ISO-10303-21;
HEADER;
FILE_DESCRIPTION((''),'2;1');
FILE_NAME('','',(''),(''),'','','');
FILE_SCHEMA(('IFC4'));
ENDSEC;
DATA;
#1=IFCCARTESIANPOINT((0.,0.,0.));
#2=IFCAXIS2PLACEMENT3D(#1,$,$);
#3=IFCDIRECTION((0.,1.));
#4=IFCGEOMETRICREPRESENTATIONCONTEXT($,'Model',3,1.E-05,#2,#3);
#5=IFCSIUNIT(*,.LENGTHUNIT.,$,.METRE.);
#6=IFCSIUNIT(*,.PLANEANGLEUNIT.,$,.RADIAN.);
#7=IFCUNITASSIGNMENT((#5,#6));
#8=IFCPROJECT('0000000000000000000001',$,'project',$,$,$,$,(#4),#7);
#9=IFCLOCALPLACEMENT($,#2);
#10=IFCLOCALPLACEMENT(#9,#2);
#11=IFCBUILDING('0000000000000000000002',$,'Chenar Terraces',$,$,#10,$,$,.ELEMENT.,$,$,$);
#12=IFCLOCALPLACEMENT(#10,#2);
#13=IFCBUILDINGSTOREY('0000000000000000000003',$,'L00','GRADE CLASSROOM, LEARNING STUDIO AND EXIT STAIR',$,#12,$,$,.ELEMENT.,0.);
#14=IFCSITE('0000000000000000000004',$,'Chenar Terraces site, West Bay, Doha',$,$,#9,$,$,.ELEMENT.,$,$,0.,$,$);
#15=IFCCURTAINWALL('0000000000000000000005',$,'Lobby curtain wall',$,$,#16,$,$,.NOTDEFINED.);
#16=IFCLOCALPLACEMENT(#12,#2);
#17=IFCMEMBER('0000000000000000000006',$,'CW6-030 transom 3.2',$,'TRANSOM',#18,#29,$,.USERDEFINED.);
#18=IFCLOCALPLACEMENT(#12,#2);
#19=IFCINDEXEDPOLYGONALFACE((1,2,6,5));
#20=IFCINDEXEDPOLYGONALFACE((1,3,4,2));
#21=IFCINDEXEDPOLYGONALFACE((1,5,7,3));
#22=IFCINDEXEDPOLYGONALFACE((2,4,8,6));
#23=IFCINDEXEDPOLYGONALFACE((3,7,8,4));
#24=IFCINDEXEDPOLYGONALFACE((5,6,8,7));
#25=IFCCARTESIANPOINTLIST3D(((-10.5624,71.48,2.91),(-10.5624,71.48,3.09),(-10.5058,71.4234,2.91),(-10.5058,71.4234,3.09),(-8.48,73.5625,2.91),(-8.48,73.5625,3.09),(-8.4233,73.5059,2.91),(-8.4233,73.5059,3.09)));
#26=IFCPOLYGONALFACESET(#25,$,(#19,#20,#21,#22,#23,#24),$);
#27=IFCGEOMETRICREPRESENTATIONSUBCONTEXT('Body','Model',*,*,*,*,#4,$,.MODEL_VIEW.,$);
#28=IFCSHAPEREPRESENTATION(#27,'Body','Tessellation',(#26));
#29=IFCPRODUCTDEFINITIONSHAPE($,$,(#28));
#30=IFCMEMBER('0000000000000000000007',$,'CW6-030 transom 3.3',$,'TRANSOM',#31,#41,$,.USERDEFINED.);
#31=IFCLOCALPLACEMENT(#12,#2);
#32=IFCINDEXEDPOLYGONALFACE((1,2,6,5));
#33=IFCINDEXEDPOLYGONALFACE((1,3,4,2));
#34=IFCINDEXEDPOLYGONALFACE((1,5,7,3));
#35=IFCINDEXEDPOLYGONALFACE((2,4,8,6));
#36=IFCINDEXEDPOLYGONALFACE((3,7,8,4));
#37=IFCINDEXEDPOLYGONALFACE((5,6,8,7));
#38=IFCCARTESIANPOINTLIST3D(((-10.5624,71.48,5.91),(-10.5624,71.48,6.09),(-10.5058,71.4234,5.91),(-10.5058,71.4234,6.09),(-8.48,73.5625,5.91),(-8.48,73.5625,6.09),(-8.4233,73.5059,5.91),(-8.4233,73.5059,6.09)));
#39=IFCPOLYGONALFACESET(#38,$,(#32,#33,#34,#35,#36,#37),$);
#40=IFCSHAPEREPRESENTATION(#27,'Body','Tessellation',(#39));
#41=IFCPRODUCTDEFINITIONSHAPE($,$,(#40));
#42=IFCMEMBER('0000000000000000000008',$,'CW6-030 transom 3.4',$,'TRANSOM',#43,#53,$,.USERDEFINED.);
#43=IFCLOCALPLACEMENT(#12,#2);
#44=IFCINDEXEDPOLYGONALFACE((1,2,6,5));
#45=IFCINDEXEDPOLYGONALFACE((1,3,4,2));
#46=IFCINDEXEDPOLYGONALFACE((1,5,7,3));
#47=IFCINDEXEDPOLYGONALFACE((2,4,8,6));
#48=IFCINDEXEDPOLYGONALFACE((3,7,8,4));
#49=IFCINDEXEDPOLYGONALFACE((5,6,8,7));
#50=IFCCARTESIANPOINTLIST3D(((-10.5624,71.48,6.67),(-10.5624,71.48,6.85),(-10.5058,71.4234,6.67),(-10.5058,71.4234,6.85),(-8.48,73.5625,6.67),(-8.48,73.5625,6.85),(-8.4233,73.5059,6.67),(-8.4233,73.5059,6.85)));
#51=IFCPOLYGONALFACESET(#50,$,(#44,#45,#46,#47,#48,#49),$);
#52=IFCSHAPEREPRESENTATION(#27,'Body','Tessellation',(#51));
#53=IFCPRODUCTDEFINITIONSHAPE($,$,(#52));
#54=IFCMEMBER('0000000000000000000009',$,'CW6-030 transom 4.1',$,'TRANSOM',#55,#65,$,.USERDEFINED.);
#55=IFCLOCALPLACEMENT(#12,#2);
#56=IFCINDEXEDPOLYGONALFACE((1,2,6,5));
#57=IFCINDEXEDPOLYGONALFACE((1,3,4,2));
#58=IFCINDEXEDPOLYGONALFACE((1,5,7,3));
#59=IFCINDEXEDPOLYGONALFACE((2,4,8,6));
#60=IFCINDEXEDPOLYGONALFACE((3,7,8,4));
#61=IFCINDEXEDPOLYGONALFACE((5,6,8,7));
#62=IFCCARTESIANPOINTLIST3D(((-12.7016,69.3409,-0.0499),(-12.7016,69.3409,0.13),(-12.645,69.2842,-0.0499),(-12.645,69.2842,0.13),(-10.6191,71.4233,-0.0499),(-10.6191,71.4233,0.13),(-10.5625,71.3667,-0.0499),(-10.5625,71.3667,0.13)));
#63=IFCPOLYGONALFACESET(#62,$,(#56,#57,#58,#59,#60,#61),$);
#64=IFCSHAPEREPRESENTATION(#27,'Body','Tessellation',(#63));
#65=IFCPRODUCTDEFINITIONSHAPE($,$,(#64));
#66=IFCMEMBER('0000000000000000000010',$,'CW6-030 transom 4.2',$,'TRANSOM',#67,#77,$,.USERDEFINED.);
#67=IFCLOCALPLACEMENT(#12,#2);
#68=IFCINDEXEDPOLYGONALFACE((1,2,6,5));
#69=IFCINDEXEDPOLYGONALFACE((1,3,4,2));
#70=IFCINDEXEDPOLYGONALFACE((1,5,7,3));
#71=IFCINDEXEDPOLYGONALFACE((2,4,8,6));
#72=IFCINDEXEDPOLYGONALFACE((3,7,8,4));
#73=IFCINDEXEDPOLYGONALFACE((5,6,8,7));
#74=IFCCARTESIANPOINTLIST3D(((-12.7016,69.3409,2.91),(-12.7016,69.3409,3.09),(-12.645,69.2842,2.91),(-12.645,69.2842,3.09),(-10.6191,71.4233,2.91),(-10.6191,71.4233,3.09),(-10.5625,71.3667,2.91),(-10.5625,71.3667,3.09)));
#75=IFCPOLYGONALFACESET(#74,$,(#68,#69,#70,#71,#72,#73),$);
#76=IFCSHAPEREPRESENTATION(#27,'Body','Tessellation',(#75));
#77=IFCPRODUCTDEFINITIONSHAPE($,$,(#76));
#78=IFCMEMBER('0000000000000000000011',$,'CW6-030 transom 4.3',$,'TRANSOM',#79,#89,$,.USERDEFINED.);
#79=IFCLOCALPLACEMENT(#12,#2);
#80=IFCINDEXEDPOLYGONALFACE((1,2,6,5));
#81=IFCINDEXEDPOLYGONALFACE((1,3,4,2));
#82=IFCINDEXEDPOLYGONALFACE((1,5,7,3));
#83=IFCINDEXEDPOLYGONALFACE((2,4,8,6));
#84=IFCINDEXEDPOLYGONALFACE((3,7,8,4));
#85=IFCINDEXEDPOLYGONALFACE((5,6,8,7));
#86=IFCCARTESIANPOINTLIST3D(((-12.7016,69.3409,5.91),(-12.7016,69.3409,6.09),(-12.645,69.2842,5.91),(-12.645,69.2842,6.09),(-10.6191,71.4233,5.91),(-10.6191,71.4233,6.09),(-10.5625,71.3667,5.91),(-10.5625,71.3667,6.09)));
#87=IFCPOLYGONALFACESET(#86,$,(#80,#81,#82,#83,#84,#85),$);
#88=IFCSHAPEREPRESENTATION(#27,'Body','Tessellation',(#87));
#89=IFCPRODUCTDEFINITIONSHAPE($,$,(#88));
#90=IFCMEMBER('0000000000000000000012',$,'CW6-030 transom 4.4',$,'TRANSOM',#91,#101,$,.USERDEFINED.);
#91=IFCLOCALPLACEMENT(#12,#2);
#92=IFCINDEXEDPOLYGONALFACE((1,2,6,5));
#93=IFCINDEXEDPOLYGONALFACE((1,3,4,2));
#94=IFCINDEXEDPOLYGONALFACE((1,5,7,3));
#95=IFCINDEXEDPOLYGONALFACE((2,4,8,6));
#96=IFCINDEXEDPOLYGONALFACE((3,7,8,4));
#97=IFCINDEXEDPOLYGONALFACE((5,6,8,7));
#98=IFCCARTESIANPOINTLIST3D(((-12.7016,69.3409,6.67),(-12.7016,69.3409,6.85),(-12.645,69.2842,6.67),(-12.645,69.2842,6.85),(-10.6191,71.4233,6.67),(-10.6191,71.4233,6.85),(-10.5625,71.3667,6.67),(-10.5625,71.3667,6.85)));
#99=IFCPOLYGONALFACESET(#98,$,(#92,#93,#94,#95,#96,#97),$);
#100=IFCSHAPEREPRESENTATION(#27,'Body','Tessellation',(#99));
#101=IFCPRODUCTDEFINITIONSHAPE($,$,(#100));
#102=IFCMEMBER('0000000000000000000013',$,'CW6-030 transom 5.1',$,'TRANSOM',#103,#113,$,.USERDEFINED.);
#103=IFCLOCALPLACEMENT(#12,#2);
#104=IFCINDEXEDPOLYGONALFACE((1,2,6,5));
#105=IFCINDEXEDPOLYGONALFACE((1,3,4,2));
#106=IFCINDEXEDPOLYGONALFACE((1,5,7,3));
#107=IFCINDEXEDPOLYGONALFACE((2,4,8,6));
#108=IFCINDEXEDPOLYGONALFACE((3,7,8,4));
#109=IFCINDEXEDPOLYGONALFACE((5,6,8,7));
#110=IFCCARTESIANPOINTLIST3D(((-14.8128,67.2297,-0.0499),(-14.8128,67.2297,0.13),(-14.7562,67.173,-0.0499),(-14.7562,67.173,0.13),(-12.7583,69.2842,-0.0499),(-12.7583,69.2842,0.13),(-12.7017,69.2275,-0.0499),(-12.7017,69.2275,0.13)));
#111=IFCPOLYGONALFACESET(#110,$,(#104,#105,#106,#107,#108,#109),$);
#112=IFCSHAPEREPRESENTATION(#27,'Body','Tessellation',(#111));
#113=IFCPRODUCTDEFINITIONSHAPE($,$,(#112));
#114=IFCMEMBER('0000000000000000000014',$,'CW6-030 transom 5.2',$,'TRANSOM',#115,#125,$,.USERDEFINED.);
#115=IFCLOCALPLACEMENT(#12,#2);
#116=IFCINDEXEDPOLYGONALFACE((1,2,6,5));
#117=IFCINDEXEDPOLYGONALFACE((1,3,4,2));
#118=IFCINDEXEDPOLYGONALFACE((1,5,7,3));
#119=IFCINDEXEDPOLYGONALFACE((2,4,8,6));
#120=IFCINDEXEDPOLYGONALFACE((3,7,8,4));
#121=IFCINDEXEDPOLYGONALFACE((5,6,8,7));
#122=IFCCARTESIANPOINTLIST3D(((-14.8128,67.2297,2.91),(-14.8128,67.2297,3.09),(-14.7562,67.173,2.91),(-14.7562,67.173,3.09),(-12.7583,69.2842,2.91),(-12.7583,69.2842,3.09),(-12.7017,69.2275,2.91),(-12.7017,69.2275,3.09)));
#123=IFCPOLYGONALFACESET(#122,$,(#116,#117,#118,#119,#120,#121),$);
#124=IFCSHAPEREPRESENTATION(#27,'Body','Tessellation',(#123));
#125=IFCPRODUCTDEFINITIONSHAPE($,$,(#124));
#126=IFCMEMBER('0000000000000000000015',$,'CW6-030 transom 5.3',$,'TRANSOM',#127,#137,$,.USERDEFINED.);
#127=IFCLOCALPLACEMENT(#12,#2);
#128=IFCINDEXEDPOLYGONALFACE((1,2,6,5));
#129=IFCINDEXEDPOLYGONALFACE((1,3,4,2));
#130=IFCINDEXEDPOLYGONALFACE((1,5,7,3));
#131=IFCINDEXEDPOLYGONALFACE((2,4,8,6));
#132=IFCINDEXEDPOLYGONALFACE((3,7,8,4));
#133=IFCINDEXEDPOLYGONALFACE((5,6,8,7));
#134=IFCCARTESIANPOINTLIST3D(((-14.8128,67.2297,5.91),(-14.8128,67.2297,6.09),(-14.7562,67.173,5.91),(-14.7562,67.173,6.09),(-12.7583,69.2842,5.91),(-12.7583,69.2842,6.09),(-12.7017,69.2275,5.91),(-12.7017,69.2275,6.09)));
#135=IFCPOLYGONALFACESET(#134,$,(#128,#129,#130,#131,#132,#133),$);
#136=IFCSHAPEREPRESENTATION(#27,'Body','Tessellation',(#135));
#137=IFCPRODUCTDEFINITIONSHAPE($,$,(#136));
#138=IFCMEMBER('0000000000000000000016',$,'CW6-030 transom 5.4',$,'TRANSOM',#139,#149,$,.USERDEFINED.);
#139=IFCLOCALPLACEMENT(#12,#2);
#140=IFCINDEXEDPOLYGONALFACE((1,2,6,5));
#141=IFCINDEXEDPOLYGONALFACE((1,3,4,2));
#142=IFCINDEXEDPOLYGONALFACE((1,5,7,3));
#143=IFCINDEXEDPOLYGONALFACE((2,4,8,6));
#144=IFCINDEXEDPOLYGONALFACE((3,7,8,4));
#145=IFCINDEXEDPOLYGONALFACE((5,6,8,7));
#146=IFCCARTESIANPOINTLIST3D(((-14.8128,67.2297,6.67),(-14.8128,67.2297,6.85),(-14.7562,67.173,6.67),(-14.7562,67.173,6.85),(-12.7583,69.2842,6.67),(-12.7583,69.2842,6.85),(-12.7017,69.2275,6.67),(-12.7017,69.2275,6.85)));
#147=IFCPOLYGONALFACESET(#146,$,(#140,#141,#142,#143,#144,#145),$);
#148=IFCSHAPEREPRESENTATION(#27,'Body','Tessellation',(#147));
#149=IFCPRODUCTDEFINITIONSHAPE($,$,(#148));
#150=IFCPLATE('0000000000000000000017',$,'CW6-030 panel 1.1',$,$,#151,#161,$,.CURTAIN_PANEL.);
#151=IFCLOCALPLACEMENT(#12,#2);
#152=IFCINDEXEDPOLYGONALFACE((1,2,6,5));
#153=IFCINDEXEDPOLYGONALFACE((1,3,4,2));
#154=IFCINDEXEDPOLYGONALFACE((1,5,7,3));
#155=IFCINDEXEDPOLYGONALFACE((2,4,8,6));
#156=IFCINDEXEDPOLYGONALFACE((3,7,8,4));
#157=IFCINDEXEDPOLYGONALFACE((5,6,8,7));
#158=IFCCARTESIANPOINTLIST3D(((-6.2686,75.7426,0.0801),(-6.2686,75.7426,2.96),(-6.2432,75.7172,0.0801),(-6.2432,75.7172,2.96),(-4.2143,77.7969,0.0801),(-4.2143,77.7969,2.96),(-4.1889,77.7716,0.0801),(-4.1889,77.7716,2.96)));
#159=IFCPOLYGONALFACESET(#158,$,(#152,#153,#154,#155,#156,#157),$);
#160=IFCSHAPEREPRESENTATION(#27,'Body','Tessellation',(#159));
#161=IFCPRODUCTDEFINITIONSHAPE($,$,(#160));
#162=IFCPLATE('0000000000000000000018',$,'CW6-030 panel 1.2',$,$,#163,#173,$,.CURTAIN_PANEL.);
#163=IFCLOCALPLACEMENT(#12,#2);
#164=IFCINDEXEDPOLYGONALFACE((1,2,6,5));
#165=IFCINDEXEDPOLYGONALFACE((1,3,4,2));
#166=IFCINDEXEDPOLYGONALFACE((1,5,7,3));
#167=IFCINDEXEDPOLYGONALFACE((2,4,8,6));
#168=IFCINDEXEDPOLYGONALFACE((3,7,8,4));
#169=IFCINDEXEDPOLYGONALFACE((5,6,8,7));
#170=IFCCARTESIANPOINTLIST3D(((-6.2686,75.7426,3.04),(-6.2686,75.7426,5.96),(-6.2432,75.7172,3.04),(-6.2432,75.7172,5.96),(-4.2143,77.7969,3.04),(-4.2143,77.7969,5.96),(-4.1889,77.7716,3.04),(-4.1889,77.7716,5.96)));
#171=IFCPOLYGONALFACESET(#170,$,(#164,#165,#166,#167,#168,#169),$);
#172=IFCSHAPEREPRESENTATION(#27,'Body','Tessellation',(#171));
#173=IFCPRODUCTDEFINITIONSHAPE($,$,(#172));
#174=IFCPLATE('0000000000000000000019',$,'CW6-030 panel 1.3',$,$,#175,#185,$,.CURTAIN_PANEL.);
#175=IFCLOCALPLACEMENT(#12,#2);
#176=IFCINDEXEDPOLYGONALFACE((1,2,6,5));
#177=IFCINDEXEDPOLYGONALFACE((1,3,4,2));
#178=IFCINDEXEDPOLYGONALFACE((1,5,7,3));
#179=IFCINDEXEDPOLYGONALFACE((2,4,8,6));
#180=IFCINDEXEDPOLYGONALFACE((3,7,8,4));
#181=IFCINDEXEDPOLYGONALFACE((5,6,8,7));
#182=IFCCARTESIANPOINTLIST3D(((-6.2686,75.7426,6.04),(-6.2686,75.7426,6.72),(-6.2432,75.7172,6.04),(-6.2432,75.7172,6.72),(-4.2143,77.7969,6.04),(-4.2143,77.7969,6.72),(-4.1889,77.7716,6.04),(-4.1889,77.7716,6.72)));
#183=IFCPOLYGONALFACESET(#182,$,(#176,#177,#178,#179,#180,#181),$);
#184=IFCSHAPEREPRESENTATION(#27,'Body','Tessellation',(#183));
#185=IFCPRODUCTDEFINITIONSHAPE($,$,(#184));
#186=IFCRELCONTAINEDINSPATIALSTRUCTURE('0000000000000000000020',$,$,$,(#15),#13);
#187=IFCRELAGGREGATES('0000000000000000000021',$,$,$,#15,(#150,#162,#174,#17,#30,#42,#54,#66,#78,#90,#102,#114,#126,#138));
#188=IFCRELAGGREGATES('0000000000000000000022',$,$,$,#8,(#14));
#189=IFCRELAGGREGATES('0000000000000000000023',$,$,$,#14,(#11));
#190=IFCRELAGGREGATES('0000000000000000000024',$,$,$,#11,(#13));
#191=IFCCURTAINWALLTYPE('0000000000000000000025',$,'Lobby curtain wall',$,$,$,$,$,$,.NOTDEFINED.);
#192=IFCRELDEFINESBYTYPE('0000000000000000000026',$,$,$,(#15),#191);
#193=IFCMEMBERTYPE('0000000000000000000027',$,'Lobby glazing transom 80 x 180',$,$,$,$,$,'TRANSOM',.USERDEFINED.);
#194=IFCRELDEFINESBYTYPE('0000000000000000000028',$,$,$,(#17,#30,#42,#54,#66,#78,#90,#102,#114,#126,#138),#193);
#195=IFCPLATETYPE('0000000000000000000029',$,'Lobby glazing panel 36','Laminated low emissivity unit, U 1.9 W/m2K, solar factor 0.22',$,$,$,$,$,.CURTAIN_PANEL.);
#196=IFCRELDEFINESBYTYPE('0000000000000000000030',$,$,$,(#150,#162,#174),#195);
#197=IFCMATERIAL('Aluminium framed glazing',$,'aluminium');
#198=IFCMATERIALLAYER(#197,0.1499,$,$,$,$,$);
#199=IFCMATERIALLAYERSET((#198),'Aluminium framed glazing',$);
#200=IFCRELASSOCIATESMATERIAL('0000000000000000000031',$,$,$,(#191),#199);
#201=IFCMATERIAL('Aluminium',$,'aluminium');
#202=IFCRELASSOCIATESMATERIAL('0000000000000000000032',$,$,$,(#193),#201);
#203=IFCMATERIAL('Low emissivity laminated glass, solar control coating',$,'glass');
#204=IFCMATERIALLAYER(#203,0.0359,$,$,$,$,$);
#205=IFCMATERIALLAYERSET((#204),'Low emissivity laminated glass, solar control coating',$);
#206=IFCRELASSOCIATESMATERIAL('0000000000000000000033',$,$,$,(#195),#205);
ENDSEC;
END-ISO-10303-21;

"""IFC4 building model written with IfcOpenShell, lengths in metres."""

from ifc_helpers import new_model, si_unit, direction, frame, origin, origin_2d, place, context, subcontext, project, spatial, rectangle, extrude, material, layer, layer_set, material_profile, profile_set, type_object, element, aggregate, save


model = new_model("IFC4")

# Units and contexts
model_context = context("Model", 3, precision=1e-05, world=origin(), true_north=direction((0.0, 1.0)))
body_context = subcontext(model_context, "Body", "Model", "MODEL_VIEW")
ifc_project = project(units=[si_unit("LENGTHUNIT", "METRE"), si_unit("PLANEANGLEUNIT", "RADIAN")], contexts=[model_context])

# Site, building, storey
site_placement = place(None, origin())
site = spatial("IfcSite", under=ifc_project, at=site_placement, Name="Chenar Terraces site, West Bay, Doha", CompositionType="ELEMENT", RefElevation=0.0)
building_placement = place(site_placement, origin())
building = spatial("IfcBuilding", under=site, at=building_placement, Name="Chenar Terraces", CompositionType="ELEMENT")
storey_placement = place(building_placement, origin())
storey = spatial("IfcBuildingStorey", under=building, at=storey_placement, Name="L00", Description="GRADE CLASSROOM, LEARNING STUDIO AND EXIT STAIR", CompositionType="ELEMENT", Elevation=0.0)

# Curtain wall, members, plates
ifc_material_1 = material(Name="Aluminium framed glazing", Category="aluminium")
ifc_layer_1 = layer(ifc_material_1, 0.1499)
ifc_layer_set_1 = layer_set([ifc_layer_1], Name="Aluminium framed glazing")
curtain_wall_type = type_object("IfcCurtainWallType", Name="Lobby curtain wall", PredefinedType="NOTDEFINED", material=ifc_layer_set_1)
curtain_wall_placement = place(storey_placement, origin())
curtain_wall = element("IfcCurtainWall", 1, at=curtain_wall_placement, inside=storey, type_object=curtain_wall_type, Name="Lobby curtain wall", PredefinedType="NOTDEFINED")
ifc_material_2 = material(Name="Aluminium", Category="aluminium")
ifc_material_profile_1 = material_profile(ifc_material_2, rectangle(XDim=0.0801, YDim=0.1799, at=origin_2d()), Name="Lobby glazing transom 80 x 180")
ifc_profile_set_1 = profile_set([ifc_material_profile_1], Name="Aluminium")
member_type_1 = type_object("IfcMemberType", Name="Lobby glazing transom 80 x 180", ElementType="TRANSOM", PredefinedType="USERDEFINED", material=ifc_profile_set_1)
member_1_placement = place(storey_placement, frame((-8.4517, 73.5342, 3.0), z_axis=(-0.707107, -0.707107, 0.0), x_axis=(0.707107, -0.707107, 0.0)))
member_1 = element("IfcMember", 2, at=member_1_placement, type_object=member_type_1, Name="CW6-030 transom 3.2", ObjectType="TRANSOM", PredefinedType="USERDEFINED", context=body_context, shape_type="SweptSolid", body=[
    extrude(rectangle(XDim=0.0801, YDim=0.1799, at=origin_2d()), origin(), (0.0, 0.0, 1.0), 2.9451),
])
member_2_placement = place(storey_placement, frame((-8.4517, 73.5342, 6.0), z_axis=(-0.707107, -0.707107, 0.0), x_axis=(0.707107, -0.707107, 0.0)))
member_2 = element("IfcMember", 3, at=member_2_placement, type_object=member_type_1, Name="CW6-030 transom 3.3", ObjectType="TRANSOM", PredefinedType="USERDEFINED", context=body_context, shape_type="SweptSolid", body=[
    extrude(rectangle(XDim=0.0801, YDim=0.1799, at=origin_2d()), origin(), (0.0, 0.0, 1.0), 2.9451),
])
member_3_placement = place(storey_placement, frame((-8.4517, 73.5342, 6.76), z_axis=(-0.707107, -0.707107, 0.0), x_axis=(0.707107, -0.707107, 0.0)))
member_3 = element("IfcMember", 4, at=member_3_placement, type_object=member_type_1, Name="CW6-030 transom 3.4", ObjectType="TRANSOM", PredefinedType="USERDEFINED", context=body_context, shape_type="SweptSolid", body=[
    extrude(rectangle(XDim=0.0801, YDim=0.1799, at=origin_2d()), origin(), (0.0, 0.0, 1.0), 2.9451),
])
member_4_placement = place(storey_placement, frame((-10.5908, 71.395, 0.04), z_axis=(-0.707107, -0.707107, 0.0), x_axis=(0.707107, -0.707107, 0.0)))
member_4 = element("IfcMember", 5, at=member_4_placement, type_object=member_type_1, Name="CW6-030 transom 4.1", ObjectType="TRANSOM", PredefinedType="USERDEFINED", context=body_context, shape_type="SweptSolid", body=[
    extrude(rectangle(XDim=0.0801, YDim=0.1799, at=origin_2d()), origin(), (0.0, 0.0, 1.0), 2.9451),
])
member_5_placement = place(storey_placement, frame((-10.5908, 71.395, 3.0), z_axis=(-0.707107, -0.707107, 0.0), x_axis=(0.707107, -0.707107, 0.0)))
member_5 = element("IfcMember", 6, at=member_5_placement, type_object=member_type_1, Name="CW6-030 transom 4.2", ObjectType="TRANSOM", PredefinedType="USERDEFINED", context=body_context, shape_type="SweptSolid", body=[
    extrude(rectangle(XDim=0.0801, YDim=0.1799, at=origin_2d()), origin(), (0.0, 0.0, 1.0), 2.9451),
])
member_6_placement = place(storey_placement, frame((-10.5908, 71.395, 6.0), z_axis=(-0.707107, -0.707107, 0.0), x_axis=(0.707107, -0.707107, 0.0)))
member_6 = element("IfcMember", 7, at=member_6_placement, type_object=member_type_1, Name="CW6-030 transom 4.3", ObjectType="TRANSOM", PredefinedType="USERDEFINED", context=body_context, shape_type="SweptSolid", body=[
    extrude(rectangle(XDim=0.0801, YDim=0.1799, at=origin_2d()), origin(), (0.0, 0.0, 1.0), 2.9451),
])
member_7_placement = place(storey_placement, frame((-10.5908, 71.395, 6.76), z_axis=(-0.707107, -0.707107, 0.0), x_axis=(0.707107, -0.707107, 0.0)))
member_7 = element("IfcMember", 8, at=member_7_placement, type_object=member_type_1, Name="CW6-030 transom 4.4", ObjectType="TRANSOM", PredefinedType="USERDEFINED", context=body_context, shape_type="SweptSolid", body=[
    extrude(rectangle(XDim=0.0801, YDim=0.1799, at=origin_2d()), origin(), (0.0, 0.0, 1.0), 2.9451),
])
member_8_placement = place(storey_placement, frame((-12.73, 69.2559, 0.04), z_axis=(-0.707107, -0.707107, 0.0), x_axis=(0.707107, -0.707107, 0.0)))
member_8 = element("IfcMember", 9, at=member_8_placement, type_object=member_type_1, Name="CW6-030 transom 5.1", ObjectType="TRANSOM", PredefinedType="USERDEFINED", context=body_context, shape_type="SweptSolid", body=[
    extrude(rectangle(XDim=0.0801, YDim=0.1799, at=origin_2d()), origin(), (0.0, 0.0, 1.0), 2.9055),
])
member_9_placement = place(storey_placement, frame((-12.73, 69.2559, 3.0), z_axis=(-0.707107, -0.707107, 0.0), x_axis=(0.707107, -0.707107, 0.0)))
member_9 = element("IfcMember", 10, at=member_9_placement, type_object=member_type_1, Name="CW6-030 transom 5.2", ObjectType="TRANSOM", PredefinedType="USERDEFINED", context=body_context, shape_type="SweptSolid", body=[
    extrude(rectangle(XDim=0.0801, YDim=0.1799, at=origin_2d()), origin(), (0.0, 0.0, 1.0), 2.9055),
])
member_10_placement = place(storey_placement, frame((-12.73, 69.2559, 6.0), z_axis=(-0.707107, -0.707107, 0.0), x_axis=(0.707107, -0.707107, 0.0)))
member_10 = element("IfcMember", 11, at=member_10_placement, type_object=member_type_1, Name="CW6-030 transom 5.3", ObjectType="TRANSOM", PredefinedType="USERDEFINED", context=body_context, shape_type="SweptSolid", body=[
    extrude(rectangle(XDim=0.0801, YDim=0.1799, at=origin_2d()), origin(), (0.0, 0.0, 1.0), 2.9055),
])
member_11_placement = place(storey_placement, frame((-12.73, 69.2559, 6.76), z_axis=(-0.707107, -0.707107, 0.0), x_axis=(0.707107, -0.707107, 0.0)))
member_11 = element("IfcMember", 12, at=member_11_placement, type_object=member_type_1, Name="CW6-030 transom 5.4", ObjectType="TRANSOM", PredefinedType="USERDEFINED", context=body_context, shape_type="SweptSolid", body=[
    extrude(rectangle(XDim=0.0801, YDim=0.1799, at=origin_2d()), origin(), (0.0, 0.0, 1.0), 2.9055),
])
ifc_material_3 = material(Name="Low emissivity laminated glass, solar control coating", Category="glass")
ifc_layer_2 = layer(ifc_material_3, 0.0359)
ifc_layer_set_2 = layer_set([ifc_layer_2], Name="Low emissivity laminated glass, solar control coating")
plate_type = type_object("IfcPlateType", Name="Lobby glazing panel 36", Description="Laminated low emissivity unit, U 1.9 W/m2K, solar factor 0.22", PredefinedType="CURTAIN_PANEL", material=ifc_layer_set_2)
plate_1_placement = place(storey_placement, frame((-5.2288, 76.7571, 0.0801), z_axis=(0.0, 0.0, 1.0), x_axis=(-0.707107, -0.707107, 0.0)))
plate_1 = element("IfcPlate", 13, at=plate_1_placement, type_object=plate_type, Name="CW6-030 panel 1.1", PredefinedType="CURTAIN_PANEL", context=body_context, shape_type="SweptSolid", body=[
    extrude(rectangle(XDim=2.9053, YDim=0.0359, at=origin_2d()), origin(), (0.0, 0.0, 1.0), 2.8799),
])
plate_2_placement = place(storey_placement, frame((-5.2288, 76.7571, 3.04), z_axis=(0.0, 0.0, 1.0), x_axis=(-0.707107, -0.707107, 0.0)))
plate_2 = element("IfcPlate", 14, at=plate_2_placement, type_object=plate_type, Name="CW6-030 panel 1.2", PredefinedType="CURTAIN_PANEL", context=body_context, shape_type="SweptSolid", body=[
    extrude(rectangle(XDim=2.9053, YDim=0.0359, at=origin_2d()), origin(), (0.0, 0.0, 1.0), 2.9199),
])
plate_3_placement = place(storey_placement, frame((-5.2288, 76.7571, 6.04), z_axis=(0.0, 0.0, 1.0), x_axis=(-0.707107, -0.707107, 0.0)))
plate_3 = element("IfcPlate", 15, at=plate_3_placement, type_object=plate_type, Name="CW6-030 panel 1.3", PredefinedType="CURTAIN_PANEL", context=body_context, shape_type="SweptSolid", body=[
    extrude(rectangle(XDim=2.9053, YDim=0.0359, at=origin_2d()), origin(), (0.0, 0.0, 1.0), 0.6799),
])
aggregate(curtain_wall, [plate_1, plate_2, plate_3, member_1, member_2, member_3, member_4, member_5, member_6, member_7, member_8, member_9, member_10, member_11])

save(model, "model.ifc")
